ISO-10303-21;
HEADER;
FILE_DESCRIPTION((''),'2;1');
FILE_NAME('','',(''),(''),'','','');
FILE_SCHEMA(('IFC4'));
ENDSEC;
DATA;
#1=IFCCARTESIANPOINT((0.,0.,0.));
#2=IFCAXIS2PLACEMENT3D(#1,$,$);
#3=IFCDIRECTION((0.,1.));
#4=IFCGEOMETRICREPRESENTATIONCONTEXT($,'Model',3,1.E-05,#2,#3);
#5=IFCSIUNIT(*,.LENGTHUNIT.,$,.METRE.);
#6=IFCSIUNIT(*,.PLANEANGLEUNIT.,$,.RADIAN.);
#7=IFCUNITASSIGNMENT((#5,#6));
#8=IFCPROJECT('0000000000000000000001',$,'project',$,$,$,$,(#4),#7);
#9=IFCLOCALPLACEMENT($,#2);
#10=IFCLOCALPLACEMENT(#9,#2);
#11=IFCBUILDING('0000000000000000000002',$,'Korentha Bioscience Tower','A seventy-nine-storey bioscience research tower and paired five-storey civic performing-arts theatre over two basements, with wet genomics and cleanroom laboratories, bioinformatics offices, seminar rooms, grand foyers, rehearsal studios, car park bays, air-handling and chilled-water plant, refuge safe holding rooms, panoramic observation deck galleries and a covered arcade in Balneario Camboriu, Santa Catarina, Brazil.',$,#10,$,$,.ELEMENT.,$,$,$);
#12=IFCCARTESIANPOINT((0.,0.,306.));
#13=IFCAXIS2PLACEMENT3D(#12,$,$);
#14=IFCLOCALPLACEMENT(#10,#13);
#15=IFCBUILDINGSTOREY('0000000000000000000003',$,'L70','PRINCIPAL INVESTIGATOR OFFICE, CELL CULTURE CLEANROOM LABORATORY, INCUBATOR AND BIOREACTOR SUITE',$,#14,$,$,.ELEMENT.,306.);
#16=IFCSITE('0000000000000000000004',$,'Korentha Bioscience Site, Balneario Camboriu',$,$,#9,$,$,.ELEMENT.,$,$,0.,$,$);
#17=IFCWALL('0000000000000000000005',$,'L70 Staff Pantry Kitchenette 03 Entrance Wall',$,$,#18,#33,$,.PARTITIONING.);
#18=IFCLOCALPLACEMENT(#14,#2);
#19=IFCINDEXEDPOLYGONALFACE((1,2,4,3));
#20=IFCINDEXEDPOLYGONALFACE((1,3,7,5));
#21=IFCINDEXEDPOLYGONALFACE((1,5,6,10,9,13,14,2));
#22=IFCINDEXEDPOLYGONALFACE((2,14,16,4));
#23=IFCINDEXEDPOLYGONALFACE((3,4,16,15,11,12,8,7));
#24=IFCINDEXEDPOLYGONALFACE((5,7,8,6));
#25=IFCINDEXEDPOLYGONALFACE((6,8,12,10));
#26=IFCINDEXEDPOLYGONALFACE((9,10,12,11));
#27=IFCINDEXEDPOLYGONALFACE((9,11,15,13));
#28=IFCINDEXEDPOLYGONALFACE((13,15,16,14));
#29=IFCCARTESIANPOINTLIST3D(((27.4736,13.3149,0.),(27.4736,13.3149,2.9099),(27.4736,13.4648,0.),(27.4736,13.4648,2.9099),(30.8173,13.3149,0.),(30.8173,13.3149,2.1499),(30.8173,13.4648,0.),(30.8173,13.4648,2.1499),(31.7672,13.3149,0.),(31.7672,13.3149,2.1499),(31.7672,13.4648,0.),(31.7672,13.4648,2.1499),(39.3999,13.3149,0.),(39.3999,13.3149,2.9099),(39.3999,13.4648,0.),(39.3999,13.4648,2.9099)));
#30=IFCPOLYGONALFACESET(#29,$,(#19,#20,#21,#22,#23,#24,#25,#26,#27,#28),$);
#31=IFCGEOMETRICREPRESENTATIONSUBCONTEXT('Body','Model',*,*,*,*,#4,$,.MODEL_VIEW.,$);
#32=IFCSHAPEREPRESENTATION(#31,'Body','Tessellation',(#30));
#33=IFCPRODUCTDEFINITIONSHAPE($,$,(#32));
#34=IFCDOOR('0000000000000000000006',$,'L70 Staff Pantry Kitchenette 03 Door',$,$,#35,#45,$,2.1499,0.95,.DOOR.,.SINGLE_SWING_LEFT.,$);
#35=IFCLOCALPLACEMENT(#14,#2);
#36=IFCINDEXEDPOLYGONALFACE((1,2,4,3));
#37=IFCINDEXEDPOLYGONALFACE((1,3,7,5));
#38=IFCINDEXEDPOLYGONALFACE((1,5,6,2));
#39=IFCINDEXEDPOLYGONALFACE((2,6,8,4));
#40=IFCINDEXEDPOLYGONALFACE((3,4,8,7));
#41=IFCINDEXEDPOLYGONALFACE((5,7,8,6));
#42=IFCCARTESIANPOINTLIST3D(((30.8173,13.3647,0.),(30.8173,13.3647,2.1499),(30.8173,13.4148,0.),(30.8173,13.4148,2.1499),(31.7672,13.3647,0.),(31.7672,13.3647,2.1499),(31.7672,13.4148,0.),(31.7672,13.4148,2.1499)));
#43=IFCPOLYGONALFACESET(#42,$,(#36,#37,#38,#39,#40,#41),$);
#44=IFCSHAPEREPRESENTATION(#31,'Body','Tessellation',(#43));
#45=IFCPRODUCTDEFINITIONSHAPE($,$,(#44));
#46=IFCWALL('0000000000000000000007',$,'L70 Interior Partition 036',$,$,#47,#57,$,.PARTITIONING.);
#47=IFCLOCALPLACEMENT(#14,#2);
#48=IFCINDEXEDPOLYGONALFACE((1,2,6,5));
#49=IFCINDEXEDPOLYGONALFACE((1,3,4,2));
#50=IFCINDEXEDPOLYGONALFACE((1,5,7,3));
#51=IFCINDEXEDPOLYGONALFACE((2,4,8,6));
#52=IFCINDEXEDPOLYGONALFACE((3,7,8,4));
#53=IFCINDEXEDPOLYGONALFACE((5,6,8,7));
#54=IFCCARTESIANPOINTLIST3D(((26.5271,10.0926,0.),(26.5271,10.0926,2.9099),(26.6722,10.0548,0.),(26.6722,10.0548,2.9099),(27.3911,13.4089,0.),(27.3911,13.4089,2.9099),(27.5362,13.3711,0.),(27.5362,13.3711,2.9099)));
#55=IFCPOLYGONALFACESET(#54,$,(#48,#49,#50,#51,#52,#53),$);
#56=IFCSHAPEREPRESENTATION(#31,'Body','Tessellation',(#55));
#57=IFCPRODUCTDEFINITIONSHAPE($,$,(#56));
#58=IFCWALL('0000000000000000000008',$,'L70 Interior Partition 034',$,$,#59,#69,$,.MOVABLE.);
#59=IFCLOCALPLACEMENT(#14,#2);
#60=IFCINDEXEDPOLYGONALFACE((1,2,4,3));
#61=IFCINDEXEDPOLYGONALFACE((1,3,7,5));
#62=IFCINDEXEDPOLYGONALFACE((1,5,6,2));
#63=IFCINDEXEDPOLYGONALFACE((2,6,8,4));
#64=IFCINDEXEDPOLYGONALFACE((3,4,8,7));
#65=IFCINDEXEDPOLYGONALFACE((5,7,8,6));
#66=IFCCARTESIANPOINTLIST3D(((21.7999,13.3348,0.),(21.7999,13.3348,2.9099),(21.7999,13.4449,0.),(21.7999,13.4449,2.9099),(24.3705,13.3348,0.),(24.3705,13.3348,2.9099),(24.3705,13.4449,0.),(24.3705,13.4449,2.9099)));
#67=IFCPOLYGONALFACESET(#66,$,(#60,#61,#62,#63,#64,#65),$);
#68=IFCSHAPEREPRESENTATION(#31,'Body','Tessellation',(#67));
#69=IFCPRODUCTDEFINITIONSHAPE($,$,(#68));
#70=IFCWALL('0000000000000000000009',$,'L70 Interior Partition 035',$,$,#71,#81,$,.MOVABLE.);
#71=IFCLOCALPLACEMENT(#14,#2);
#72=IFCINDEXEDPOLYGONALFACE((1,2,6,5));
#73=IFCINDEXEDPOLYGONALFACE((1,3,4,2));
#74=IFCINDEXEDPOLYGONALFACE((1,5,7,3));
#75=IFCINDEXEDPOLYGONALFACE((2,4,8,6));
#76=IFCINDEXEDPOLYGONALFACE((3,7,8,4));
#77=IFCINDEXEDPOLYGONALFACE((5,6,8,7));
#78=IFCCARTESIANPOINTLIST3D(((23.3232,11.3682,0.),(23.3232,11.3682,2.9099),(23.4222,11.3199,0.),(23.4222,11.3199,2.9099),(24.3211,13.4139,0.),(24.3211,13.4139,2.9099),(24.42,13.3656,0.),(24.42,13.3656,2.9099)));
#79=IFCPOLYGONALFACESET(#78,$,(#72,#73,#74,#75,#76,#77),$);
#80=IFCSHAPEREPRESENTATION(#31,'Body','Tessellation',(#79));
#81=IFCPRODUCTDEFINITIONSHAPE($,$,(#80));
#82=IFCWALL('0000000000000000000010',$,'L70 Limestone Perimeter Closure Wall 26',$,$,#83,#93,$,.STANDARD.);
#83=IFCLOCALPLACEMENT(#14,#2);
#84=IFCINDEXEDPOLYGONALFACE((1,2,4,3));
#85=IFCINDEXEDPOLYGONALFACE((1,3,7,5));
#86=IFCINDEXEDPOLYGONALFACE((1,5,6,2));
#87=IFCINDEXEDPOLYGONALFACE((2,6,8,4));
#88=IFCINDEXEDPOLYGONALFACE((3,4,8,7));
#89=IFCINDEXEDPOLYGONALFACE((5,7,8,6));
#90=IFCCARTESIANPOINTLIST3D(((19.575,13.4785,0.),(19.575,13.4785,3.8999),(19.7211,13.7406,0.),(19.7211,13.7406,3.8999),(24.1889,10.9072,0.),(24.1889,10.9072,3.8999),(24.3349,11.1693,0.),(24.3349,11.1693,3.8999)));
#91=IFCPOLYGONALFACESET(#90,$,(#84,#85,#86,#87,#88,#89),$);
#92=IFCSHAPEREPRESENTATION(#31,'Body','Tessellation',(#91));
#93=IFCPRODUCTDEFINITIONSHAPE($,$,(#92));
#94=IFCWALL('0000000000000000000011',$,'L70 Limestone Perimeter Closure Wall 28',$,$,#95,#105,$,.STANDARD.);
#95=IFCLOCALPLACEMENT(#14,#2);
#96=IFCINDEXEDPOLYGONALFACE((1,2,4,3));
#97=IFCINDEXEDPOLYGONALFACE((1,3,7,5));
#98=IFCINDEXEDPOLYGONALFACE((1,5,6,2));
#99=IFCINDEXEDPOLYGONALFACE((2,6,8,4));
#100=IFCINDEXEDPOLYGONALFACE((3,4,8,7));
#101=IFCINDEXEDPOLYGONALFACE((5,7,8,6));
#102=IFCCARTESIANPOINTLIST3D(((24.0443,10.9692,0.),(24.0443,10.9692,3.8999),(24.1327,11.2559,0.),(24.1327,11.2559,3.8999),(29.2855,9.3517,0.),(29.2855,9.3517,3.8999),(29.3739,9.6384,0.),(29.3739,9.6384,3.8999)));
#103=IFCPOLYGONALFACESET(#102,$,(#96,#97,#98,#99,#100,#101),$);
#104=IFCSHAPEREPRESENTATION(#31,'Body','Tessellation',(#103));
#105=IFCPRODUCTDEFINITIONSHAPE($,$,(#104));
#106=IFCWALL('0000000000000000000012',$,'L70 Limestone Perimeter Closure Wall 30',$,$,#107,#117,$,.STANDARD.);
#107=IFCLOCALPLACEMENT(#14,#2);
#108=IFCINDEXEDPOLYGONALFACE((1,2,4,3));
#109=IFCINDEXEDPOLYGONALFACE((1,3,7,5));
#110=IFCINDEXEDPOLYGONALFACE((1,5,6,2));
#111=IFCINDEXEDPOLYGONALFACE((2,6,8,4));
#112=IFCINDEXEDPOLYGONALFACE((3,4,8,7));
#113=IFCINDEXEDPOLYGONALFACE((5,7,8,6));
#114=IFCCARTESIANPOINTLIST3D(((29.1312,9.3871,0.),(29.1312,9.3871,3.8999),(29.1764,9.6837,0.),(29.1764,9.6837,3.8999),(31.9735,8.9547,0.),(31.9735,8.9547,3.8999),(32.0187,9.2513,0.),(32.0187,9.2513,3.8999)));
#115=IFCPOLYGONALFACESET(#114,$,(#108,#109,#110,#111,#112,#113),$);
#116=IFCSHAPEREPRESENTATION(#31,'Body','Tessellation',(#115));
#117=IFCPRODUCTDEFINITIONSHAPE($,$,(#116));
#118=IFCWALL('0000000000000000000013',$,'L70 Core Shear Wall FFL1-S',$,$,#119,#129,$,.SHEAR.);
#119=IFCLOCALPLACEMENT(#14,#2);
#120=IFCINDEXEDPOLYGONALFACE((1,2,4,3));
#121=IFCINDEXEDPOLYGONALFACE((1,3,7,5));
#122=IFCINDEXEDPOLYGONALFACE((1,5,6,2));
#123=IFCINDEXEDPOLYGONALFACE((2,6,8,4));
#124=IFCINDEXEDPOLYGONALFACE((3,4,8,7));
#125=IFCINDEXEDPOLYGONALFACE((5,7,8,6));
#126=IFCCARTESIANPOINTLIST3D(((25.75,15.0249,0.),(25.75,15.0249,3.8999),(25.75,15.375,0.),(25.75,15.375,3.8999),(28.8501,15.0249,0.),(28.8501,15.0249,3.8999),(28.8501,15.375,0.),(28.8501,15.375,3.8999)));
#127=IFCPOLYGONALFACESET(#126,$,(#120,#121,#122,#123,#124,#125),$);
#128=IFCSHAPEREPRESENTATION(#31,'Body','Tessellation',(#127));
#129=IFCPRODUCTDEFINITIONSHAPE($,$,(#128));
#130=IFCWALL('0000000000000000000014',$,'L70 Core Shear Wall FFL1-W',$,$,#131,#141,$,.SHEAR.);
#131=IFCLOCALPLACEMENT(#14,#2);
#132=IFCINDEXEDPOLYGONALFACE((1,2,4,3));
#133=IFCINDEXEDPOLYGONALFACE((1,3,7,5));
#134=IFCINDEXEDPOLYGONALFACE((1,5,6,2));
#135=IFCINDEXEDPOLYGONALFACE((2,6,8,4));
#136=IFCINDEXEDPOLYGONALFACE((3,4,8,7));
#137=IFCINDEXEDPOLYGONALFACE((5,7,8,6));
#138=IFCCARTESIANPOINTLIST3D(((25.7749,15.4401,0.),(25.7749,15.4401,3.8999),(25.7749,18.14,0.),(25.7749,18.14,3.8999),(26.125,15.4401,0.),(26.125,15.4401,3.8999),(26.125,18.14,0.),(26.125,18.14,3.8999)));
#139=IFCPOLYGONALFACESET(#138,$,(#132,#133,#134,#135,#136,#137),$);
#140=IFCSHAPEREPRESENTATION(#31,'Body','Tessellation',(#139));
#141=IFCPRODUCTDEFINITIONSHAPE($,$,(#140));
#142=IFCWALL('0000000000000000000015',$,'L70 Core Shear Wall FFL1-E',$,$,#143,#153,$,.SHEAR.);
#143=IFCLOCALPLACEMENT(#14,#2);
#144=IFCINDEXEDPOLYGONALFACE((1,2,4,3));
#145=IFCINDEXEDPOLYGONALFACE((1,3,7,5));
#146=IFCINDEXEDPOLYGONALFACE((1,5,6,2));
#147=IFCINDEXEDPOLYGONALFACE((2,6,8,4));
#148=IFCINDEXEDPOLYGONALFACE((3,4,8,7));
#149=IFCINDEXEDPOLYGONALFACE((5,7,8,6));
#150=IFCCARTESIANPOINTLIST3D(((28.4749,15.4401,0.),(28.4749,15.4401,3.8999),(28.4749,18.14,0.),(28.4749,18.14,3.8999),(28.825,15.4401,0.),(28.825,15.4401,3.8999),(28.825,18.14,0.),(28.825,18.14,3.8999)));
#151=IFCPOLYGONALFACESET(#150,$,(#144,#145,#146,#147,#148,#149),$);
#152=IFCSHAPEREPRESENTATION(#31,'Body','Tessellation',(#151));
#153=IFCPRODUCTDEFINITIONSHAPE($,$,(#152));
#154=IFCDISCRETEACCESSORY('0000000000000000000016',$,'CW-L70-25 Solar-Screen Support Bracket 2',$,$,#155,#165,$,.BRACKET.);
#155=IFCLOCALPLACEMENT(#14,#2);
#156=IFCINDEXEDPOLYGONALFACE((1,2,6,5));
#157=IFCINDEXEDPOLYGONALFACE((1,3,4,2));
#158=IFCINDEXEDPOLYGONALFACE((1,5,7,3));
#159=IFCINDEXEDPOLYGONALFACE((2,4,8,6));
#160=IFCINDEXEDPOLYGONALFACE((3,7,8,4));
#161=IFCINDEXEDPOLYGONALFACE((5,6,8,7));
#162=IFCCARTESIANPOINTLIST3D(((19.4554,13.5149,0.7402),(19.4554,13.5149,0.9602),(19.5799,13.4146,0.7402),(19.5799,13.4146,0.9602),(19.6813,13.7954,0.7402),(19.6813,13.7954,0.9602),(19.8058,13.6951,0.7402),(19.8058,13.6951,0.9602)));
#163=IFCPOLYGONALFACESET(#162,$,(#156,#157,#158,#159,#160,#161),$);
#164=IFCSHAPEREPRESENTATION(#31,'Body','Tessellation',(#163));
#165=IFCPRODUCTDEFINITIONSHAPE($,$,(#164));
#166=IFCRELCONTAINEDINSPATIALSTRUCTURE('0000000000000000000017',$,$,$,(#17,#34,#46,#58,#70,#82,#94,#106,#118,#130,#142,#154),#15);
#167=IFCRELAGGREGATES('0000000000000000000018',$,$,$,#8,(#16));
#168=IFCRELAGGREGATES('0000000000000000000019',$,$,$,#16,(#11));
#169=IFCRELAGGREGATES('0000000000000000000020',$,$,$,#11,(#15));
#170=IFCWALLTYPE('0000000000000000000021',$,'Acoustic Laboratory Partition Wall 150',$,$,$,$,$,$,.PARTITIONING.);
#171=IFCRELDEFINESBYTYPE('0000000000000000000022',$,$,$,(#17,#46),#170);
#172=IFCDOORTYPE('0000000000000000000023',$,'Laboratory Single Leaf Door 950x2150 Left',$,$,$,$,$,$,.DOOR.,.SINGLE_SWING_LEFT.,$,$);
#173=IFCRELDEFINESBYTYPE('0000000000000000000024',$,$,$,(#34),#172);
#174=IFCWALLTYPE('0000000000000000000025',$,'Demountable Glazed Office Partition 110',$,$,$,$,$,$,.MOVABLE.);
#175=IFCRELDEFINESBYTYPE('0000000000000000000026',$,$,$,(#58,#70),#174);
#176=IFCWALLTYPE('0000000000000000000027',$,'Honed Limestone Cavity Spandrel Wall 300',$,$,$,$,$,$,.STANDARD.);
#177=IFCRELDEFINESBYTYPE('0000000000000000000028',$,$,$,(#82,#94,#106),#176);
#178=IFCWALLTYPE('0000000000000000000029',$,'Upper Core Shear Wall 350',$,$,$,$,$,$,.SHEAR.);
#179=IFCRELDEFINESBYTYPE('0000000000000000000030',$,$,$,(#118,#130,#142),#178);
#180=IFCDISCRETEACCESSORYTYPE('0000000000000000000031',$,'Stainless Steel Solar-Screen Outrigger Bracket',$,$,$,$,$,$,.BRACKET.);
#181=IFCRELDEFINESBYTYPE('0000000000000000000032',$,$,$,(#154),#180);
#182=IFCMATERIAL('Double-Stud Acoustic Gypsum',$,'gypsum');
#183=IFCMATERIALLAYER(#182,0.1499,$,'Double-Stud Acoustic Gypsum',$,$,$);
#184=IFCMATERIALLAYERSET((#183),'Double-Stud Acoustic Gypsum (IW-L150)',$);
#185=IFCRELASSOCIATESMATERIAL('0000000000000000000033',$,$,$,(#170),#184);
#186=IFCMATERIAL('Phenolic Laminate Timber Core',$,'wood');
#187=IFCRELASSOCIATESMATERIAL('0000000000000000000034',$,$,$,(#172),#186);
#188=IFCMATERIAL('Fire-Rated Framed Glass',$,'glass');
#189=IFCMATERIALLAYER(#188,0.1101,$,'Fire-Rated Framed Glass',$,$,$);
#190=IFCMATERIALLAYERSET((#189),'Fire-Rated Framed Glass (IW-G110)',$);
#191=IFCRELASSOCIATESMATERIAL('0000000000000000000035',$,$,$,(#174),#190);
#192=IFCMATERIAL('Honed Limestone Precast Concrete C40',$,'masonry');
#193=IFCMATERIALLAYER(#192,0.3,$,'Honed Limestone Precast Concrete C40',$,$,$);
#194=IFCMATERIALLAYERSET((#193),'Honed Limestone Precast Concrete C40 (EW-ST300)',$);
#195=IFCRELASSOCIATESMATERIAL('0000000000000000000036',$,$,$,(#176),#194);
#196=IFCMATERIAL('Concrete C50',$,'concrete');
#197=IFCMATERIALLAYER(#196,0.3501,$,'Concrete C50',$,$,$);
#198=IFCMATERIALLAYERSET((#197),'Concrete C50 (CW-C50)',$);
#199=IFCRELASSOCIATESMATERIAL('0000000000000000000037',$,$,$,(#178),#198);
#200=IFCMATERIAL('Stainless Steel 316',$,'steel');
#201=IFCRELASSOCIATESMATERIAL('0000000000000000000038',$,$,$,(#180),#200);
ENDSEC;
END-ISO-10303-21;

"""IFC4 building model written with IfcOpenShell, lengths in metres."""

from ifc_helpers import new_model, si_unit, direction, frame, frame_2d, origin, origin_2d, place, context, subcontext, project, spatial, rectangle, extrude, material, layer, layer_set, type_object, element, fill, save


model = new_model("IFC4")

# Units and contexts
model_context = context("Model", 3, precision=1e-05, world=origin(), true_north=direction((0.0, 1.0)))
body_context = subcontext(model_context, "Body", "Model", "MODEL_VIEW")
ifc_project = project(units=[si_unit("LENGTHUNIT", "METRE"), si_unit("PLANEANGLEUNIT", "RADIAN")], contexts=[model_context])

# Site, building, storey
site_placement = place(None, origin())
site = spatial("IfcSite", under=ifc_project, at=site_placement, Name="Korentha Bioscience Site, Balneario Camboriu", CompositionType="ELEMENT", RefElevation=0.0)
building_placement = place(site_placement, origin())
building = spatial("IfcBuilding", under=site, at=building_placement, Name="Korentha Bioscience Tower", Description="A seventy-nine-storey bioscience research tower and paired five-storey civic performing-arts theatre over two basements, with wet genomics and cleanroom laboratories, bioinformatics offices, seminar rooms, grand foyers, rehearsal studios, car park bays, air-handling and chilled-water plant, refuge safe holding rooms, panoramic observation deck galleries and a covered arcade in Balneario Camboriu, Santa Catarina, Brazil.", CompositionType="ELEMENT")
storey_placement = place(building_placement, frame((0.0, 0.0, 306.0)))
storey = spatial("IfcBuildingStorey", under=building, at=storey_placement, Name="L70", Description="PRINCIPAL INVESTIGATOR OFFICE, CELL CULTURE CLEANROOM LABORATORY, INCUBATOR AND BIOREACTOR SUITE", CompositionType="ELEMENT", Elevation=306.0)

# Shared definitions
ifc_material_1 = material(Name="Concrete C50", Category="concrete")

# Wall, opening, door
ifc_material_2 = material(Name="Double-Stud Acoustic Gypsum", Category="gypsum")
ifc_layer_1 = layer(ifc_material_2, 0.1499, Name="Double-Stud Acoustic Gypsum")
ifc_layer_set_1 = layer_set([ifc_layer_1], Name="Double-Stud Acoustic Gypsum (IW-L150)")
wall_type_1 = type_object("IfcWallType", Name="Acoustic Laboratory Partition Wall 150", PredefinedType="PARTITIONING", material=ifc_layer_set_1)
ifc_material_3 = material(Name="Phenolic Laminate Timber Core", Category="wood")
wall_1_placement = place(storey_placement, frame((27.4736, 13.3899, 0.0), z_axis=(0.0, 0.0, 1.0), x_axis=(1.0, 0.0, 0.0)))
wall_1 = element("IfcWall", 1, at=wall_1_placement, inside=storey, type_object=wall_type_1, Name="L70 Staff Pantry Kitchenette 03 Entrance Wall", PredefinedType="PARTITIONING", context=body_context, shape_type="SweptSolid", body=[
    extrude(rectangle(XDim=11.9263, YDim=0.1499, at=frame_2d((5.9631, 0.0))), origin(), (0.0, 0.0, 1.0), 2.9099),
])
opening_1_placement = place(wall_1_placement, frame((3.3435, 0.0, 0.0)))
opening_1 = element("IfcOpeningElement", 2, at=opening_1_placement, cuts=wall_1, PredefinedType="OPENING", context=body_context, shape_type="SweptSolid", body=[
    extrude(rectangle(XDim=0.95, YDim=2.1499, at=frame_2d((0.4751, 1.075))), frame((0.0, 0.0898, 0.0), z_axis=(0.0, -1.0, 0.0), x_axis=(1.0, 0.0, 0.0)), (0.0, 0.0, 1.0), 0.1797),
])
door_type_1 = type_object("IfcDoorType", Name="Laboratory Single Leaf Door 950x2150 Left", OperationType="SINGLE_SWING_LEFT", PredefinedType="DOOR", material=ifc_material_3)
door_1_placement = place(opening_1_placement, origin())
door_1 = element("IfcDoor", 3, at=door_1_placement, inside=storey, type_object=door_type_1, Name="L70 Staff Pantry Kitchenette 03 Door", OperationType="SINGLE_SWING_LEFT", OverallHeight=2.1499, OverallWidth=0.95, PredefinedType="DOOR", context=body_context, shape_type="SweptSolid", body=[
    extrude(rectangle(XDim=0.95, YDim=2.1499, at=frame_2d((0.4751, 1.075))), frame((0.0, 0.0249, 0.0), z_axis=(0.0, -1.0, 0.0), x_axis=(1.0, 0.0, 0.0)), (0.0, 0.0, 1.0), 0.05),
])
fill(opening_1, door_1)

# Walls
wall_2_placement = place(storey_placement, frame((27.4636, 13.3899, 0.0), z_axis=(0.0, 0.0, 1.0), x_axis=(-0.252112, -0.967698, 0.0)))
element("IfcWall", 4, at=wall_2_placement, inside=storey, type_object=wall_type_1, Name="L70 Interior Partition 036", PredefinedType="PARTITIONING", context=body_context, shape_type="SweptSolid", body=[
    extrude(rectangle(XDim=3.427, YDim=0.1499, at=frame_2d((1.7134, 0.0))), origin(), (0.0, 0.0, 1.0), 2.9099),
])
ifc_material_4 = material(Name="Fire-Rated Framed Glass", Category="glass")
ifc_layer_2 = layer(ifc_material_4, 0.1101, Name="Fire-Rated Framed Glass")
ifc_layer_set_2 = layer_set([ifc_layer_2], Name="Fire-Rated Framed Glass (IW-G110)")
wall_type_2 = type_object("IfcWallType", Name="Demountable Glazed Office Partition 110", PredefinedType="MOVABLE", material=ifc_layer_set_2)
wall_3_placement = place(storey_placement, frame((21.8, 13.3899, 0.0), z_axis=(0.0, 0.0, 1.0), x_axis=(1.0, 0.0, 0.0)))
element("IfcWall", 5, at=wall_3_placement, inside=storey, type_object=wall_type_2, Name="L70 Interior Partition 034", PredefinedType="MOVABLE", context=body_context, shape_type="SweptSolid", body=[
    extrude(rectangle(XDim=2.5706, YDim=0.1101, at=frame_2d((1.2852, 0.0))), origin(), (0.0, 0.0, 1.0), 2.9099),
])
wall_4_placement = place(storey_placement, frame((24.3706, 13.3899, 0.0), z_axis=(0.0, 0.0, 1.0), x_axis=(-0.438396, -0.898782, 0.0)))
element("IfcWall", 6, at=wall_4_placement, inside=storey, type_object=wall_type_2, Name="L70 Interior Partition 035", PredefinedType="MOVABLE", context=body_context, shape_type="SweptSolid", body=[
    extrude(rectangle(XDim=2.2761, YDim=0.1101, at=frame_2d((1.1382, 0.0))), origin(), (0.0, 0.0, 1.0), 2.9099),
])
ifc_material_5 = material(Name="Honed Limestone Precast Concrete C40", Category="masonry")
ifc_layer_3 = layer(ifc_material_5, 0.3, Name="Honed Limestone Precast Concrete C40")
ifc_layer_set_3 = layer_set([ifc_layer_3], Name="Honed Limestone Precast Concrete C40 (EW-ST300)")
wall_type_3 = type_object("IfcWallType", Name="Honed Limestone Cavity Spandrel Wall 300", PredefinedType="STANDARD", material=ifc_layer_set_3)
wall_5_placement = place(storey_placement, frame((19.6479, 13.6096, 0.0), z_axis=(0.0, 0.0, 1.0), x_axis=(0.873507, -0.486812, 0.0)))
element("IfcWall", 7, at=wall_5_placement, inside=storey, type_object=wall_type_3, Name="L70 Limestone Perimeter Closure Wall 26", PredefinedType="STANDARD", context=body_context, shape_type="SweptSolid", body=[
    extrude(rectangle(XDim=5.282, YDim=0.3, at=frame_2d((2.6411, 0.0))), origin(), (0.0, 0.0, 1.0), 3.8999),
])
wall_6_placement = place(storey_placement, frame((24.0884, 11.1125, 0.0), z_axis=(0.0, 0.0, 1.0), x_axis=(0.955535, -0.294877, 0.0)))
element("IfcWall", 8, at=wall_6_placement, inside=storey, type_object=wall_type_3, Name="L70 Limestone Perimeter Closure Wall 28", PredefinedType="STANDARD", context=body_context, shape_type="SweptSolid", body=[
    extrude(rectangle(XDim=5.4851, YDim=0.3, at=frame_2d((2.7427, 0.0))), origin(), (0.0, 0.0, 1.0), 3.8999),
])
wall_7_placement = place(storey_placement, frame((29.1538, 9.5354, 0.0), z_axis=(0.0, 0.0, 1.0), x_axis=(0.988627, -0.150391, 0.0)))
element("IfcWall", 9, at=wall_7_placement, inside=storey, type_object=wall_type_3, Name="L70 Limestone Perimeter Closure Wall 30", PredefinedType="STANDARD", context=body_context, shape_type="SweptSolid", body=[
    extrude(rectangle(XDim=2.875, YDim=0.3, at=frame_2d((1.4375, 0.0))), origin(), (0.0, 0.0, 1.0), 3.8999),
])
ifc_layer_4 = layer(ifc_material_1, 0.3501, Name="Concrete C50")
ifc_layer_set_4 = layer_set([ifc_layer_4], Name="Concrete C50 (CW-C50)")
wall_type_4 = type_object("IfcWallType", Name="Upper Core Shear Wall 350", PredefinedType="SHEAR", material=ifc_layer_set_4)
wall_8_placement = place(storey_placement, frame((25.75, 15.2, 0.0), z_axis=(0.0, 0.0, 1.0), x_axis=(1.0, 0.0, 0.0)))
element("IfcWall", 10, at=wall_8_placement, inside=storey, type_object=wall_type_4, Name="L70 Core Shear Wall FFL1-S", PredefinedType="SHEAR", context=body_context, shape_type="SweptSolid", body=[
    extrude(rectangle(XDim=3.1001, YDim=0.3501, at=frame_2d((1.55, 0.0))), origin(), (0.0, 0.0, 1.0), 3.8999),
])
for number, where, z_axis, x_axis, name in (
    (11, (25.95, 15.4399, 0.0), (0.0, 0.0, 1.0), (0.0, 1.0, 0.0), "L70 Core Shear Wall FFL1-W"),
    (12, (28.6499, 15.4399, 0.0), (0.0, 0.0, 1.0), (0.0, 1.0, 0.0), "L70 Core Shear Wall FFL1-E"),
):
    element("IfcWall", number, at=place(storey_placement, frame(where, z_axis=z_axis, x_axis=x_axis)), inside=storey, type_object=wall_type_4, Name=name, PredefinedType="SHEAR", context=body_context, shape_type="SweptSolid", body=[
        extrude(rectangle(XDim=2.7, YDim=0.3501, at=frame_2d((1.3501, 0.0))), origin(), (0.0, 0.0, 1.0), 3.8999),
    ])

# Discrete accessory
ifc_material_6 = material(Name="Stainless Steel 316", Category="steel")
discrete_accessory_type = type_object("IfcDiscreteAccessoryType", Name="Stainless Steel Solar-Screen Outrigger Bracket", PredefinedType="BRACKET", material=ifc_material_6)
discrete_accessory_placement = place(storey_placement, frame((19.6306, 13.605, 0.7402), z_axis=(0.0, 0.0, 1.0), x_axis=(0.778807, -0.627264, 0.0)))
element("IfcDiscreteAccessory", 13, at=discrete_accessory_placement, inside=storey, type_object=discrete_accessory_type, Name="CW-L70-25 Solar-Screen Support Bracket 2", PredefinedType="BRACKET", context=body_context, shape_type="SweptSolid", body=[
    extrude(rectangle(XDim=0.1599, YDim=0.3601, at=origin_2d()), origin(), (0.0, 0.0, 1.0), 0.22),
])

save(model, "model.ifc")
